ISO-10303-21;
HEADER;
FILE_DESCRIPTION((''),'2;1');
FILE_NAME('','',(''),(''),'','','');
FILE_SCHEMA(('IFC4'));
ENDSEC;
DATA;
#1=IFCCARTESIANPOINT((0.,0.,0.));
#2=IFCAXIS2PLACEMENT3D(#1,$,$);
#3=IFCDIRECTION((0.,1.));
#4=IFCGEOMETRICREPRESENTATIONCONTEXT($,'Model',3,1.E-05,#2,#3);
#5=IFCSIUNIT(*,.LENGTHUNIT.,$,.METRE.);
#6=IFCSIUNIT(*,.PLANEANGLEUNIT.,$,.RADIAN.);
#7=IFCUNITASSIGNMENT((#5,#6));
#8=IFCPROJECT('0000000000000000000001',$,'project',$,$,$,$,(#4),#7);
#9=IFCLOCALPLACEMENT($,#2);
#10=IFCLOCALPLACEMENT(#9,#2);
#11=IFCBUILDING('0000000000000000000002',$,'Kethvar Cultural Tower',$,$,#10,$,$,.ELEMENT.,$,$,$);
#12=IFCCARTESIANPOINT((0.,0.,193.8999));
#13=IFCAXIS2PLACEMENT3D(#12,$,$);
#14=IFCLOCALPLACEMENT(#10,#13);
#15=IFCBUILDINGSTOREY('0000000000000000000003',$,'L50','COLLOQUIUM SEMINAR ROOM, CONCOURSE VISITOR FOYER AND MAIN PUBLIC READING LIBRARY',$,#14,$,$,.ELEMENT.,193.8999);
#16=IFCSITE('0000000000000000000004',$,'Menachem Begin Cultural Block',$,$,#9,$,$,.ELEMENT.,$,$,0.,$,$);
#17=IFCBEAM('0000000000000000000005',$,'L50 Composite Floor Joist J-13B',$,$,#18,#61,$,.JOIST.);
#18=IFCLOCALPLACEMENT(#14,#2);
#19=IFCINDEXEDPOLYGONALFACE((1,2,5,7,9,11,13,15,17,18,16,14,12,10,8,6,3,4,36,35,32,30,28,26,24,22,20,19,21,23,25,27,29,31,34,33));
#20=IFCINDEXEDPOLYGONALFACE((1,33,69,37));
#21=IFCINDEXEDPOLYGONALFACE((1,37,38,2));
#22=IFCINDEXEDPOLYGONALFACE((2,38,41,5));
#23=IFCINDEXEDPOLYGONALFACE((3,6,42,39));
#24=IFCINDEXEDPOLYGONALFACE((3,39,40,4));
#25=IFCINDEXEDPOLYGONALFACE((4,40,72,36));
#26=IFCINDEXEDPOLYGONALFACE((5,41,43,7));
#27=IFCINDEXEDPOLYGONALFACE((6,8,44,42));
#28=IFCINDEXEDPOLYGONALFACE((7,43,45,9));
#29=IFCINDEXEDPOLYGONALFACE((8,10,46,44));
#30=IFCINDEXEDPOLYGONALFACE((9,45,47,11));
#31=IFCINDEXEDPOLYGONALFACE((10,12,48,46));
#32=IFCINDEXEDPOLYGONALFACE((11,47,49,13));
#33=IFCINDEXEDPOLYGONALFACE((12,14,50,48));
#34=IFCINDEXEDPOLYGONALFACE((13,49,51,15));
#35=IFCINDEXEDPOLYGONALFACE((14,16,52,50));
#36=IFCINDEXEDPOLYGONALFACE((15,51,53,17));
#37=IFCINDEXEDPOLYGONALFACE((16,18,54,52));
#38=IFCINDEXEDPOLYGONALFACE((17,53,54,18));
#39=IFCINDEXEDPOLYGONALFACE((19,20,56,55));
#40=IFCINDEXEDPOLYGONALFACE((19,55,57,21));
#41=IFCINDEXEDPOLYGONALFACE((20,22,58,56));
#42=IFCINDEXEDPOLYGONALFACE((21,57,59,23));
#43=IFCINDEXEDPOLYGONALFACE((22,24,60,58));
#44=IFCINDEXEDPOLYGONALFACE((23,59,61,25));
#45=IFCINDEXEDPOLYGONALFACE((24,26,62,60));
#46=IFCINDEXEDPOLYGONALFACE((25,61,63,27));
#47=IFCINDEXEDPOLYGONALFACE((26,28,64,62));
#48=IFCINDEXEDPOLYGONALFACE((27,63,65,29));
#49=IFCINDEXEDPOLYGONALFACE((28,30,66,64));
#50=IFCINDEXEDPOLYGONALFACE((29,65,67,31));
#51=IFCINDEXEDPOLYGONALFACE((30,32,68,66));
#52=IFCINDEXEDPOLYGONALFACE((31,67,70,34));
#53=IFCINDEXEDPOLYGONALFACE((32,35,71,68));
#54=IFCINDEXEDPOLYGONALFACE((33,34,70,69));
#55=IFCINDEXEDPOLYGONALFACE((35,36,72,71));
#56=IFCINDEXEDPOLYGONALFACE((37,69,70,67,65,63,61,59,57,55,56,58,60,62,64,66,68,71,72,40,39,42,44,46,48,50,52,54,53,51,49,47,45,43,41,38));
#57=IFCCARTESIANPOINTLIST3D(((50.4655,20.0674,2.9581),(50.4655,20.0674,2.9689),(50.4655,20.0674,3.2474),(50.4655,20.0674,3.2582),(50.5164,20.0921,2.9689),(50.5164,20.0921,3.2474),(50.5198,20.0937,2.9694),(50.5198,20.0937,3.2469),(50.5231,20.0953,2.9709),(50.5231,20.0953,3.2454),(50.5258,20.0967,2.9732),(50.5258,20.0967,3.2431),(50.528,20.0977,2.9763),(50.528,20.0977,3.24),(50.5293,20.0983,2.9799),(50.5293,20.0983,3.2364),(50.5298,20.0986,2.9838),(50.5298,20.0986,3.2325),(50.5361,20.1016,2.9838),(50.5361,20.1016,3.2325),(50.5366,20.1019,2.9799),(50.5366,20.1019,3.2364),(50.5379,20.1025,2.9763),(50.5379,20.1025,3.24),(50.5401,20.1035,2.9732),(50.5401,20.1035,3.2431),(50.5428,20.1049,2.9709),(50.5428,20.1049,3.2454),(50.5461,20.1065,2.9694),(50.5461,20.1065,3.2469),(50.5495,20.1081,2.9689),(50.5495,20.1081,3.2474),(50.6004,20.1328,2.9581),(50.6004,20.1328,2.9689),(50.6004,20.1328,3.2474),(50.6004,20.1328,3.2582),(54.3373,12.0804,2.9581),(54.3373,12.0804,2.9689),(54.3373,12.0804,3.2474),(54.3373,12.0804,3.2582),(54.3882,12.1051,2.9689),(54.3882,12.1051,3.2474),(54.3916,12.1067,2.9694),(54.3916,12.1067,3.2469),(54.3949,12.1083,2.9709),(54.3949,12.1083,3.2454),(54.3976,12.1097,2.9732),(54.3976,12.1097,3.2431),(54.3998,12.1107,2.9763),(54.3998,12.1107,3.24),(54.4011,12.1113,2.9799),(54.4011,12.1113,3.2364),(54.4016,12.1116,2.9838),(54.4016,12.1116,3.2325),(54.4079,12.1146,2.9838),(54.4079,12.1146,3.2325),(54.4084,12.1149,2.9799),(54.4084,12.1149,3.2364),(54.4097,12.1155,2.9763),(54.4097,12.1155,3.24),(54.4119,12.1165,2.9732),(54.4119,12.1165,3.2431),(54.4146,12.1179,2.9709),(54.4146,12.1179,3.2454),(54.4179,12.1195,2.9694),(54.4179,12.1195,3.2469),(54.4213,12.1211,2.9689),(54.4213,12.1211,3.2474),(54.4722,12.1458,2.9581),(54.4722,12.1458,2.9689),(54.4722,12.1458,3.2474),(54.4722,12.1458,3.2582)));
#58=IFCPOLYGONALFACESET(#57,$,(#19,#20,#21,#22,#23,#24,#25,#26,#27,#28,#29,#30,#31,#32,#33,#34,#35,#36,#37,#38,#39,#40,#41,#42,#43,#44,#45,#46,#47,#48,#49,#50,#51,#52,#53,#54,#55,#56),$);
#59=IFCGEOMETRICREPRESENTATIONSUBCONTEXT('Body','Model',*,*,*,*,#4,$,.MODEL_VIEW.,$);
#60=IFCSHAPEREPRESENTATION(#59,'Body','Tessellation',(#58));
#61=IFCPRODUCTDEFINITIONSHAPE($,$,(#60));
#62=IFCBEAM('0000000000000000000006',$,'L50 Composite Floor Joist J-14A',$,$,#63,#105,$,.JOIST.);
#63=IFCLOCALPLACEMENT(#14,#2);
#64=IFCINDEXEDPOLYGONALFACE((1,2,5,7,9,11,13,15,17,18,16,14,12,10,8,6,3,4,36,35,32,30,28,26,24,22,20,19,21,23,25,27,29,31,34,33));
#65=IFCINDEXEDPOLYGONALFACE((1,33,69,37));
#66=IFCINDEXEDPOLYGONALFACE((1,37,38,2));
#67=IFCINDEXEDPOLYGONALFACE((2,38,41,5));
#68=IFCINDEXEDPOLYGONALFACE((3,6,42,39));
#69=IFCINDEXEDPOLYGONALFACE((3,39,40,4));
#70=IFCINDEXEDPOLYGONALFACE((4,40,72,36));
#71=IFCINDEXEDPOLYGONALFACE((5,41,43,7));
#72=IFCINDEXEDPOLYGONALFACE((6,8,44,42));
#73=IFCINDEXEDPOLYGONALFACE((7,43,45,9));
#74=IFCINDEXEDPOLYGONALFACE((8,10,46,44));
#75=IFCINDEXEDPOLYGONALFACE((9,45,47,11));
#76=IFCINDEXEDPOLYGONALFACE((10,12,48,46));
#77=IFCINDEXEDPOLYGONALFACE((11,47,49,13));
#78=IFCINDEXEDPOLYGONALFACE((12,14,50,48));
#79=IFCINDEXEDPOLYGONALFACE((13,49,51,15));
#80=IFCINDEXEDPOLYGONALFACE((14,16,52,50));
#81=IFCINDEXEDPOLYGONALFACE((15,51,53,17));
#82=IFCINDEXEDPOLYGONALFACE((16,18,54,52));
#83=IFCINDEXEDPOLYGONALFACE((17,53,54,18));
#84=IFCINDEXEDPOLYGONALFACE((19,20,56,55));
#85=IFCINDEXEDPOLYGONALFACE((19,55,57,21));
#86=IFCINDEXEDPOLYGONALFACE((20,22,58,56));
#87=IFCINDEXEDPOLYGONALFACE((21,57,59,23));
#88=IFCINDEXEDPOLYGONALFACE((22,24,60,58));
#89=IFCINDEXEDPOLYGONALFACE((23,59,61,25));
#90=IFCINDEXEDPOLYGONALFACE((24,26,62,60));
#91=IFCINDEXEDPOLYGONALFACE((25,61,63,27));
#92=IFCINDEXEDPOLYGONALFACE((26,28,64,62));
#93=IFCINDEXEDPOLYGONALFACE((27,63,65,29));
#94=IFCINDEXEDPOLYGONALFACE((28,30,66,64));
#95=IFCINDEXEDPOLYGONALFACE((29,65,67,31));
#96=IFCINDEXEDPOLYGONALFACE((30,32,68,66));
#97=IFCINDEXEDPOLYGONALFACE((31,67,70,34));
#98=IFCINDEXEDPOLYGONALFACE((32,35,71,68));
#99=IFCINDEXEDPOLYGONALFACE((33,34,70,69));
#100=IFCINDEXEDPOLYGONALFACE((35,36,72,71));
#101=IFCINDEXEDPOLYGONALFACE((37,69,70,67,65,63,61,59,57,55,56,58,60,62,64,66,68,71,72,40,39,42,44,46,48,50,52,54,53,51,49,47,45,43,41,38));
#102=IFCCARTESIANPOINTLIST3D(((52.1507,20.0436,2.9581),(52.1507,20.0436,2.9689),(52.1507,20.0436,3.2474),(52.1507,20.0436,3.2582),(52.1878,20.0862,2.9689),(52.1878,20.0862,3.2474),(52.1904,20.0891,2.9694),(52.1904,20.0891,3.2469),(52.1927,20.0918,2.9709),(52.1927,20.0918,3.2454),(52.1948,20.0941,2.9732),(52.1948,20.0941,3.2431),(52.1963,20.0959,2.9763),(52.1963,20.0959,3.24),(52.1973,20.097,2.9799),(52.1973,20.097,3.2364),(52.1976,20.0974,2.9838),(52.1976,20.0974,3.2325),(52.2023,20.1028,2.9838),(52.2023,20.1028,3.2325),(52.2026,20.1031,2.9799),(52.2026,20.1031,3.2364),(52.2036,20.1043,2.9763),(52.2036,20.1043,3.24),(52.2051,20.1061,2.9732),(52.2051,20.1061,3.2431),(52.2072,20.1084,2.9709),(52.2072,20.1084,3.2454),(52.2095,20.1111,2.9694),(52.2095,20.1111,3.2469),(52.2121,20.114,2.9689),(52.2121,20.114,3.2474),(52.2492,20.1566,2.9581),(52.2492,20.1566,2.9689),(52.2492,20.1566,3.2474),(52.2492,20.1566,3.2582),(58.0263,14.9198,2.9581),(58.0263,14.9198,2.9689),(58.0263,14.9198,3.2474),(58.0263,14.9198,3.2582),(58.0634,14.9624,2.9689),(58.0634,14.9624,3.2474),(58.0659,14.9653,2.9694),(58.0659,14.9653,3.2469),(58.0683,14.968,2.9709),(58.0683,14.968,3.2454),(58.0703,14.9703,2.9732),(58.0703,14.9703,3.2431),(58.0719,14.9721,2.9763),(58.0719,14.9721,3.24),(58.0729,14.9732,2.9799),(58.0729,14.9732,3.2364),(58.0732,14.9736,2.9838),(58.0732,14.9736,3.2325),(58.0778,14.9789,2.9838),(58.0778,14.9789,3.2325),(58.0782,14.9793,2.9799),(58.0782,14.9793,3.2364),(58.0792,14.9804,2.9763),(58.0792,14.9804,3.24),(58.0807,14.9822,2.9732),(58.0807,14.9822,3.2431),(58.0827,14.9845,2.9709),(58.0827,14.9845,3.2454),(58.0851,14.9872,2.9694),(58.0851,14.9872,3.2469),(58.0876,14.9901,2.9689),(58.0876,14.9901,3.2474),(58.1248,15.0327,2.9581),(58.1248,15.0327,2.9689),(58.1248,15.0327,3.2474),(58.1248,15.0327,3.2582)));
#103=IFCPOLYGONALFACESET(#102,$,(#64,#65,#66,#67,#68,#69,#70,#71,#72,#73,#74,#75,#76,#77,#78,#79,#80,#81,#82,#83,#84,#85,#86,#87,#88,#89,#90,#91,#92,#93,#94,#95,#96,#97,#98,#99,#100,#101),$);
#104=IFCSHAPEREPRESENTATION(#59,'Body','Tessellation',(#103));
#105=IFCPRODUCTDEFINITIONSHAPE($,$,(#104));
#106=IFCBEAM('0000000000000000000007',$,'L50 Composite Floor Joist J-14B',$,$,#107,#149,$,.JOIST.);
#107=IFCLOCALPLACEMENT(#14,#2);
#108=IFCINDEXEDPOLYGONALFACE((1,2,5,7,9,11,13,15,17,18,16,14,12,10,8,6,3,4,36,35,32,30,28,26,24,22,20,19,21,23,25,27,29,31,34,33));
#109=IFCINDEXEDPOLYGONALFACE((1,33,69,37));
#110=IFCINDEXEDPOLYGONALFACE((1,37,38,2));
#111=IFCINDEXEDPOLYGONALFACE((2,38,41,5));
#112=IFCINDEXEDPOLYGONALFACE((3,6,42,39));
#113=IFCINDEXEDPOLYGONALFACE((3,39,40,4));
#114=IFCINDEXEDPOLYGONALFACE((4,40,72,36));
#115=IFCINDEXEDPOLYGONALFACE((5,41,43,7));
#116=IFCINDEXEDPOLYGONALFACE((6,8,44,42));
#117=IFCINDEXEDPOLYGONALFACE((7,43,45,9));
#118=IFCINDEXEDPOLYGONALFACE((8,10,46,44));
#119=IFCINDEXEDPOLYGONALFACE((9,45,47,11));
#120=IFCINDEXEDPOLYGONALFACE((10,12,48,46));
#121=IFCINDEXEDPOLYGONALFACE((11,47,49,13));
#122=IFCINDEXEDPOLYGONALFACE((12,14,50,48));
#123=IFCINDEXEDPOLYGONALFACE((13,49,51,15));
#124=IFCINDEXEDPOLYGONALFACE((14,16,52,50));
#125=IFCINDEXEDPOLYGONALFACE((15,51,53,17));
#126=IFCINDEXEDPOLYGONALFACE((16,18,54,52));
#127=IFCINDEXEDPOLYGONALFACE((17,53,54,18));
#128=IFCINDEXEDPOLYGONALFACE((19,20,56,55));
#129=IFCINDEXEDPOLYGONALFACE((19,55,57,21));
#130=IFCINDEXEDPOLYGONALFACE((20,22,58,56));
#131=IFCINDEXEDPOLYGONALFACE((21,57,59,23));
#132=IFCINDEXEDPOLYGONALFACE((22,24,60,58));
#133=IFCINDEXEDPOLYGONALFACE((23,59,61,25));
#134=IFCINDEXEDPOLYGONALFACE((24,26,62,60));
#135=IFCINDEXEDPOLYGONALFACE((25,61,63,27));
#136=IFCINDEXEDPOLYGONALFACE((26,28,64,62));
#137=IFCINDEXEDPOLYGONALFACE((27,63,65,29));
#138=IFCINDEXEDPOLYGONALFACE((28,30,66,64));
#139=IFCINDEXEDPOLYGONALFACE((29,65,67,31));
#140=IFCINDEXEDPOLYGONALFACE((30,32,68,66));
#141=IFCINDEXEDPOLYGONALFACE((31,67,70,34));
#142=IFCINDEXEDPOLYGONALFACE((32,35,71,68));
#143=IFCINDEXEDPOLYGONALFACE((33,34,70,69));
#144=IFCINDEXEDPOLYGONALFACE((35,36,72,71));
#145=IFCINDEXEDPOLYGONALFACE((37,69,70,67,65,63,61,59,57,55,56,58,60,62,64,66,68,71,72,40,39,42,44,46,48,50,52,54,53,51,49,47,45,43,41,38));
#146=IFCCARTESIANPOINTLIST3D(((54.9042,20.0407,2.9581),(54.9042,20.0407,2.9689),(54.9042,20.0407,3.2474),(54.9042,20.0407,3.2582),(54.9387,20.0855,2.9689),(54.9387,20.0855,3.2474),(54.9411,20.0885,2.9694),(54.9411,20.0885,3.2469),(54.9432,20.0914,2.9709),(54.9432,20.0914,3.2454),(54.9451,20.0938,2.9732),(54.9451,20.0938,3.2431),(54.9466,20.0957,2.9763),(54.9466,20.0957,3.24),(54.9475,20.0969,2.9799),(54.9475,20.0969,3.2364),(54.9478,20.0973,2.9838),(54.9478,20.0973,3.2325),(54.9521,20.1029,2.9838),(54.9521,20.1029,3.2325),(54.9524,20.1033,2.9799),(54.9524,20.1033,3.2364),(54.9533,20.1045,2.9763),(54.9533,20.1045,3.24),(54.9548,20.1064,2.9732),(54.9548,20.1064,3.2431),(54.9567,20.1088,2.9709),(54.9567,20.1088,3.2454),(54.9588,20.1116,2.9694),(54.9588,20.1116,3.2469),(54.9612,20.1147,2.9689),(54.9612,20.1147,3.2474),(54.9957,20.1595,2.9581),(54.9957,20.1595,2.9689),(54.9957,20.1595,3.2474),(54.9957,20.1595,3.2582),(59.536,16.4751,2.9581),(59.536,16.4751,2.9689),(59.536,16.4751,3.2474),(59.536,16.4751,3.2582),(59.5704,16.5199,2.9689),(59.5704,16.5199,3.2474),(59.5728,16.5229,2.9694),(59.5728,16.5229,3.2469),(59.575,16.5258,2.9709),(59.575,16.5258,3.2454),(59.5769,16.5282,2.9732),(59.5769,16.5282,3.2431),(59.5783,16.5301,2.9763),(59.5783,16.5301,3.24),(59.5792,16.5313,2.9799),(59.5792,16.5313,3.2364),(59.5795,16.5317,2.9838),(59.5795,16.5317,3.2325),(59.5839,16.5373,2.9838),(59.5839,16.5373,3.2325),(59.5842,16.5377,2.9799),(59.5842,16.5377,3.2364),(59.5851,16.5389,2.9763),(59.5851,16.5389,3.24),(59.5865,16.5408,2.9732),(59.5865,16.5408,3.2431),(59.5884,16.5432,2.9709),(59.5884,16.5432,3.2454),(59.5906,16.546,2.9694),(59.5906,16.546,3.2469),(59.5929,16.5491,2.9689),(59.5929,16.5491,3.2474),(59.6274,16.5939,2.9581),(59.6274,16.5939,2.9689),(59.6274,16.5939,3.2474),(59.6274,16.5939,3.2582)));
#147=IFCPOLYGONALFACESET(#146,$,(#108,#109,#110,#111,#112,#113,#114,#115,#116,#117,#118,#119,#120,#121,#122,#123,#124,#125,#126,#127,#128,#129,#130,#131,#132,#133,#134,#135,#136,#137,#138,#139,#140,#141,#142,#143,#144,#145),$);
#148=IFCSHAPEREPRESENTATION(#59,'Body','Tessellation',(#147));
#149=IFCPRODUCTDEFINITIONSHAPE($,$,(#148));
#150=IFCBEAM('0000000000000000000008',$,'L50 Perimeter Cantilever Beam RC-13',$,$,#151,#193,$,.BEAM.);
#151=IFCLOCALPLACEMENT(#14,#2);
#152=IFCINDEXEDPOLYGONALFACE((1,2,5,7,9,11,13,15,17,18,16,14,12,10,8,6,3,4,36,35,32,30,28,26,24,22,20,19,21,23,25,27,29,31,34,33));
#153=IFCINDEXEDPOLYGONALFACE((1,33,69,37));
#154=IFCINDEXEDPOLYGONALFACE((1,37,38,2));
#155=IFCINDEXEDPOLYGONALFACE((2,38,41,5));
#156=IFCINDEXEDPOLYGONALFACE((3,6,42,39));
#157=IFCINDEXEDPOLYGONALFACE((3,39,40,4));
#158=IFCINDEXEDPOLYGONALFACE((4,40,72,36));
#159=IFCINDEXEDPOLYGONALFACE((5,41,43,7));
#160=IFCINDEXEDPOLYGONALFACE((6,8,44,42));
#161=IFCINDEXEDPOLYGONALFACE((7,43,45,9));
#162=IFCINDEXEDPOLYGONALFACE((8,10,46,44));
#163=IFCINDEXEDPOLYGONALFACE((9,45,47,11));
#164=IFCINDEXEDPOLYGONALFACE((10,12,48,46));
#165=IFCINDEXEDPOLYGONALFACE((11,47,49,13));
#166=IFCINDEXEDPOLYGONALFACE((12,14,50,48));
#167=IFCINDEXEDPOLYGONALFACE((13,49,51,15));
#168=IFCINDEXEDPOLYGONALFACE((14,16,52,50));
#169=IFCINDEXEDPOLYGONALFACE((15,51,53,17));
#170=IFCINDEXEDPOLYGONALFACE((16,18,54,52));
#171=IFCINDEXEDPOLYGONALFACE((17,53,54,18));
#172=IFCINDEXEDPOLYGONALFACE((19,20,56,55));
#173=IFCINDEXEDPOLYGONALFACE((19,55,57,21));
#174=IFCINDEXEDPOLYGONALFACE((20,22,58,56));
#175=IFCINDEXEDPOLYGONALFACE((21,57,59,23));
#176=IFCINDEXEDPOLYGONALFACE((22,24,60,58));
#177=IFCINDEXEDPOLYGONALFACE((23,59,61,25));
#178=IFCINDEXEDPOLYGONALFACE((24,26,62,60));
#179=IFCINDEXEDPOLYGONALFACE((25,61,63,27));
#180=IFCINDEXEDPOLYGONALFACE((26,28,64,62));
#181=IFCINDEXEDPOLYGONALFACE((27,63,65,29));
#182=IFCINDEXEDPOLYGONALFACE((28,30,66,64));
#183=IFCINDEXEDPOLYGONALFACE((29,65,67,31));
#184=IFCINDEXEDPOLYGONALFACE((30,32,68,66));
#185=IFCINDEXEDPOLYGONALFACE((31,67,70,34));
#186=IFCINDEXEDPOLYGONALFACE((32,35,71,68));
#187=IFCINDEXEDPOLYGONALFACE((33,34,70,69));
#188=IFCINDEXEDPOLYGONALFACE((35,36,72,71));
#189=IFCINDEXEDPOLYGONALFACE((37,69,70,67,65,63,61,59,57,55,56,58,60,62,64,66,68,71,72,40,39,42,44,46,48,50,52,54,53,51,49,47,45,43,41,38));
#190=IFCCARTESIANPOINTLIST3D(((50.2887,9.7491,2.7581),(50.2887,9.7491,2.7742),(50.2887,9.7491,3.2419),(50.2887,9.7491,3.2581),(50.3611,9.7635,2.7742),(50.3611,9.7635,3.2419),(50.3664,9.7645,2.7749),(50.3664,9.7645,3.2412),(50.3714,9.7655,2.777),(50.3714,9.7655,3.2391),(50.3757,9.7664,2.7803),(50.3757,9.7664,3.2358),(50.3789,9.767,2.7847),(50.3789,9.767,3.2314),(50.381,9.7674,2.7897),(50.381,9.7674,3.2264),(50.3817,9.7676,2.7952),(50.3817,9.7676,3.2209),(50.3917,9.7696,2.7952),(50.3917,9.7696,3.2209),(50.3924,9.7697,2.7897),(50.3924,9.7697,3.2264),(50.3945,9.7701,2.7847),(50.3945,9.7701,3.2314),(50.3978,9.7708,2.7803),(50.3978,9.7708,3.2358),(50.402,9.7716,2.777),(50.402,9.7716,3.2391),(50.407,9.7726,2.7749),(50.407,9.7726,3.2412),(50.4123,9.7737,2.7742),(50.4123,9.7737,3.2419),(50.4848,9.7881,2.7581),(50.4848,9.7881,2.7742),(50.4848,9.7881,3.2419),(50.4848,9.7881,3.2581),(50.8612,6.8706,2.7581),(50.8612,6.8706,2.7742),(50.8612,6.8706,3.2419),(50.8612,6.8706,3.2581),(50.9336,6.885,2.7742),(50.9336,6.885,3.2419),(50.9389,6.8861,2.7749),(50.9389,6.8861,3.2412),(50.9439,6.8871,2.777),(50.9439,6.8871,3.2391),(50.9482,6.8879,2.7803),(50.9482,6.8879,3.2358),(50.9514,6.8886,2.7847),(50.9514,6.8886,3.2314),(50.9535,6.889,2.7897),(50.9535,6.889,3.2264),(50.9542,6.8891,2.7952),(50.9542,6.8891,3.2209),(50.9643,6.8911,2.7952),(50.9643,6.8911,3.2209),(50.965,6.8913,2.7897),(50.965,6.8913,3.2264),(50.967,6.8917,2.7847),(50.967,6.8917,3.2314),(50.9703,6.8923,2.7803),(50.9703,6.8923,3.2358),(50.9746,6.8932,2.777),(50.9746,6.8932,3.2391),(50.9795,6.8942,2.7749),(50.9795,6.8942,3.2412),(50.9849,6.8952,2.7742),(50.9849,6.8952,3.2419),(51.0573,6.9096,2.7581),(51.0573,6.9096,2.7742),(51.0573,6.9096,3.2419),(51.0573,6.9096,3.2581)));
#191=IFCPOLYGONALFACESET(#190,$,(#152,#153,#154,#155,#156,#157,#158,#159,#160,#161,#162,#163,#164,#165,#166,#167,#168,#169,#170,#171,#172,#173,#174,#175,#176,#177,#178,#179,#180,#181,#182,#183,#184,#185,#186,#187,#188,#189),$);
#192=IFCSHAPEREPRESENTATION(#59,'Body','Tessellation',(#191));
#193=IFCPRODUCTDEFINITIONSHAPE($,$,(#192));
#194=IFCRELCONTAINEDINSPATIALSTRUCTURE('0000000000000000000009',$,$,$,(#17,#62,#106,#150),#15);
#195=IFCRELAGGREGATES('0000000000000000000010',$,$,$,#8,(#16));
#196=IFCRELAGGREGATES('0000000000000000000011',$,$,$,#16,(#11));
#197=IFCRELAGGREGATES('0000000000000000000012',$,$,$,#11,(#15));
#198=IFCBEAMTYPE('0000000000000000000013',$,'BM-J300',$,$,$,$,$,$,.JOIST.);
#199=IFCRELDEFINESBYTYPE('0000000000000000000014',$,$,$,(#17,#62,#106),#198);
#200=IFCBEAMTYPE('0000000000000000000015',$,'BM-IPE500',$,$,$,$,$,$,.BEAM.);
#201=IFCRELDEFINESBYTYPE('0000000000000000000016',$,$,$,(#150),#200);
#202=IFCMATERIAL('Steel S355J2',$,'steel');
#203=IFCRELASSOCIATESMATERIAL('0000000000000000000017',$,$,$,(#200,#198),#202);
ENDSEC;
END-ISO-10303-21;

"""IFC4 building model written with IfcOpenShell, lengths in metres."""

from ifc_helpers import new_model, si_unit, direction, frame, origin, origin_2d, place, context, subcontext, project, spatial, i_section, extrude, source, transform, mapped, material, material_profile, profile_set, type_object, element, save


model = new_model("IFC4")

# Units and contexts
model_context = context("Model", 3, precision=1e-05, world=origin(), true_north=direction((0.0, 1.0)))
body_context = subcontext(model_context, "Body", "Model", "MODEL_VIEW")
ifc_project = project(units=[si_unit("LENGTHUNIT", "METRE"), si_unit("PLANEANGLEUNIT", "RADIAN")], contexts=[model_context])

# Site, building, storey
site_placement = place(None, origin())
site = spatial("IfcSite", under=ifc_project, at=site_placement, Name="Menachem Begin Cultural Block", CompositionType="ELEMENT", RefElevation=0.0)
building_placement = place(site_placement, origin())
building = spatial("IfcBuilding", under=site, at=building_placement, Name="Kethvar Cultural Tower", CompositionType="ELEMENT")
storey_placement = place(building_placement, frame((0.0, 0.0, 193.8999)))
storey = spatial("IfcBuildingStorey", under=building, at=storey_placement, Name="L50", Description="COLLOQUIUM SEMINAR ROOM, CONCOURSE VISITOR FOYER AND MAIN PUBLIC READING LIBRARY", CompositionType="ELEMENT", Elevation=193.8999)

# Beams
ifc_material_1 = material(Name="Steel S355J2", Category="steel")
ifc_material_profile_1 = material_profile(ifc_material_1, i_section(OverallWidth=0.2, OverallDepth=0.5, WebThickness=0.0103, FlangeThickness=0.0161, FilletRadius=0.021, at=origin_2d()), Name="Steel S355J2 — IPE500")
ifc_profile_set_1 = profile_set([ifc_material_profile_1], Name="Steel S355J2 — IPE500")
beam_type_1 = type_object("IfcBeamType", Name="BM-IPE500", PredefinedType="BEAM", material=ifc_profile_set_1)
ifc_material_profile_2 = material_profile(ifc_material_1, i_section(OverallWidth=0.1499, OverallDepth=0.3, WebThickness=0.0071, FlangeThickness=0.0107, FilletRadius=0.0149, at=origin_2d()), Name="Steel S355J2 — IPE300")
ifc_profile_set_2 = profile_set([ifc_material_profile_2], Name="Steel S355J2 — IPE300")
beam_type_2 = type_object("IfcBeamType", Name="BM-J300", PredefinedType="JOIST", material=ifc_profile_set_2)
shared_shape_1 = source(origin(), body_context, "Body", "SweptSolid", [
    extrude(i_section(OverallWidth=0.1499, OverallDepth=0.3, WebThickness=0.0071, FlangeThickness=0.0107, FilletRadius=0.0149, at=origin_2d()), origin(), (0.0, 0.0, 1.0), 8.876),
])
beam_1_placement = place(storey_placement, frame((50.533, 20.1001, 3.1082), z_axis=(0.436211, -0.899845, 0.0), x_axis=(0.899845, 0.436211, 0.0)))
element("IfcBeam", 1, at=beam_1_placement, inside=storey, type_object=beam_type_2, Name="L50 Composite Floor Joist J-13B", PredefinedType="JOIST", context=body_context, shape_type="MappedRepresentation", body=[
    mapped(shared_shape_1, transform((0.0, 0.0, 0.0), scale=1.0)),
])
shared_shape_2 = source(origin(), body_context, "Body", "SweptSolid", [
    extrude(i_section(OverallWidth=0.1499, OverallDepth=0.3, WebThickness=0.0071, FlangeThickness=0.0107, FilletRadius=0.0149, at=origin_2d()), origin(), (0.0, 0.0, 1.0), 7.7959),
])
beam_2_placement = place(storey_placement, frame((52.2, 20.1001, 3.1082), z_axis=(0.753674, -0.657249, 0.0), x_axis=(0.657249, 0.753674, 0.0)))
element("IfcBeam", 2, at=beam_2_placement, inside=storey, type_object=beam_type_2, Name="L50 Composite Floor Joist J-14A", PredefinedType="JOIST", context=body_context, shape_type="MappedRepresentation", body=[
    mapped(shared_shape_2, transform((0.0, 0.0, 0.0), scale=1.0)),
])
shared_shape_3 = source(origin(), body_context, "Body", "SweptSolid", [
    extrude(i_section(OverallWidth=0.1499, OverallDepth=0.3, WebThickness=0.0071, FlangeThickness=0.0107, FilletRadius=0.0149, at=origin_2d()), origin(), (0.0, 0.0, 1.0), 5.8452),
])
beam_3_placement = place(storey_placement, frame((54.95, 20.1001, 3.1082), z_axis=(0.792399, -0.610003, 0.0), x_axis=(0.610003, 0.792399, 0.0)))
element("IfcBeam", 3, at=beam_3_placement, inside=storey, type_object=beam_type_2, Name="L50 Composite Floor Joist J-14B", PredefinedType="JOIST", context=body_context, shape_type="MappedRepresentation", body=[
    mapped(shared_shape_3, transform((0.0, 0.0, 0.0), scale=1.0)),
])
shared_shape_4 = source(origin(), body_context, "Body", "SweptSolid", [
    extrude(i_section(OverallWidth=0.2, OverallDepth=0.5, WebThickness=0.0103, FlangeThickness=0.0161, FilletRadius=0.021, at=origin_2d()), origin(), (0.0, 0.0, 1.0), 2.9348),
])
beam_4_placement = place(storey_placement, frame((50.3867, 9.7686, 3.0081), z_axis=(0.195076, -0.980788, 0.0), x_axis=(0.980788, 0.195076, 0.0)))
element("IfcBeam", 4, at=beam_4_placement, inside=storey, type_object=beam_type_1, Name="L50 Perimeter Cantilever Beam RC-13", PredefinedType="BEAM", context=body_context, shape_type="MappedRepresentation", body=[
    mapped(shared_shape_4, transform((0.0, 0.0, 0.0), scale=1.0)),
])

save(model, "model.ifc")
